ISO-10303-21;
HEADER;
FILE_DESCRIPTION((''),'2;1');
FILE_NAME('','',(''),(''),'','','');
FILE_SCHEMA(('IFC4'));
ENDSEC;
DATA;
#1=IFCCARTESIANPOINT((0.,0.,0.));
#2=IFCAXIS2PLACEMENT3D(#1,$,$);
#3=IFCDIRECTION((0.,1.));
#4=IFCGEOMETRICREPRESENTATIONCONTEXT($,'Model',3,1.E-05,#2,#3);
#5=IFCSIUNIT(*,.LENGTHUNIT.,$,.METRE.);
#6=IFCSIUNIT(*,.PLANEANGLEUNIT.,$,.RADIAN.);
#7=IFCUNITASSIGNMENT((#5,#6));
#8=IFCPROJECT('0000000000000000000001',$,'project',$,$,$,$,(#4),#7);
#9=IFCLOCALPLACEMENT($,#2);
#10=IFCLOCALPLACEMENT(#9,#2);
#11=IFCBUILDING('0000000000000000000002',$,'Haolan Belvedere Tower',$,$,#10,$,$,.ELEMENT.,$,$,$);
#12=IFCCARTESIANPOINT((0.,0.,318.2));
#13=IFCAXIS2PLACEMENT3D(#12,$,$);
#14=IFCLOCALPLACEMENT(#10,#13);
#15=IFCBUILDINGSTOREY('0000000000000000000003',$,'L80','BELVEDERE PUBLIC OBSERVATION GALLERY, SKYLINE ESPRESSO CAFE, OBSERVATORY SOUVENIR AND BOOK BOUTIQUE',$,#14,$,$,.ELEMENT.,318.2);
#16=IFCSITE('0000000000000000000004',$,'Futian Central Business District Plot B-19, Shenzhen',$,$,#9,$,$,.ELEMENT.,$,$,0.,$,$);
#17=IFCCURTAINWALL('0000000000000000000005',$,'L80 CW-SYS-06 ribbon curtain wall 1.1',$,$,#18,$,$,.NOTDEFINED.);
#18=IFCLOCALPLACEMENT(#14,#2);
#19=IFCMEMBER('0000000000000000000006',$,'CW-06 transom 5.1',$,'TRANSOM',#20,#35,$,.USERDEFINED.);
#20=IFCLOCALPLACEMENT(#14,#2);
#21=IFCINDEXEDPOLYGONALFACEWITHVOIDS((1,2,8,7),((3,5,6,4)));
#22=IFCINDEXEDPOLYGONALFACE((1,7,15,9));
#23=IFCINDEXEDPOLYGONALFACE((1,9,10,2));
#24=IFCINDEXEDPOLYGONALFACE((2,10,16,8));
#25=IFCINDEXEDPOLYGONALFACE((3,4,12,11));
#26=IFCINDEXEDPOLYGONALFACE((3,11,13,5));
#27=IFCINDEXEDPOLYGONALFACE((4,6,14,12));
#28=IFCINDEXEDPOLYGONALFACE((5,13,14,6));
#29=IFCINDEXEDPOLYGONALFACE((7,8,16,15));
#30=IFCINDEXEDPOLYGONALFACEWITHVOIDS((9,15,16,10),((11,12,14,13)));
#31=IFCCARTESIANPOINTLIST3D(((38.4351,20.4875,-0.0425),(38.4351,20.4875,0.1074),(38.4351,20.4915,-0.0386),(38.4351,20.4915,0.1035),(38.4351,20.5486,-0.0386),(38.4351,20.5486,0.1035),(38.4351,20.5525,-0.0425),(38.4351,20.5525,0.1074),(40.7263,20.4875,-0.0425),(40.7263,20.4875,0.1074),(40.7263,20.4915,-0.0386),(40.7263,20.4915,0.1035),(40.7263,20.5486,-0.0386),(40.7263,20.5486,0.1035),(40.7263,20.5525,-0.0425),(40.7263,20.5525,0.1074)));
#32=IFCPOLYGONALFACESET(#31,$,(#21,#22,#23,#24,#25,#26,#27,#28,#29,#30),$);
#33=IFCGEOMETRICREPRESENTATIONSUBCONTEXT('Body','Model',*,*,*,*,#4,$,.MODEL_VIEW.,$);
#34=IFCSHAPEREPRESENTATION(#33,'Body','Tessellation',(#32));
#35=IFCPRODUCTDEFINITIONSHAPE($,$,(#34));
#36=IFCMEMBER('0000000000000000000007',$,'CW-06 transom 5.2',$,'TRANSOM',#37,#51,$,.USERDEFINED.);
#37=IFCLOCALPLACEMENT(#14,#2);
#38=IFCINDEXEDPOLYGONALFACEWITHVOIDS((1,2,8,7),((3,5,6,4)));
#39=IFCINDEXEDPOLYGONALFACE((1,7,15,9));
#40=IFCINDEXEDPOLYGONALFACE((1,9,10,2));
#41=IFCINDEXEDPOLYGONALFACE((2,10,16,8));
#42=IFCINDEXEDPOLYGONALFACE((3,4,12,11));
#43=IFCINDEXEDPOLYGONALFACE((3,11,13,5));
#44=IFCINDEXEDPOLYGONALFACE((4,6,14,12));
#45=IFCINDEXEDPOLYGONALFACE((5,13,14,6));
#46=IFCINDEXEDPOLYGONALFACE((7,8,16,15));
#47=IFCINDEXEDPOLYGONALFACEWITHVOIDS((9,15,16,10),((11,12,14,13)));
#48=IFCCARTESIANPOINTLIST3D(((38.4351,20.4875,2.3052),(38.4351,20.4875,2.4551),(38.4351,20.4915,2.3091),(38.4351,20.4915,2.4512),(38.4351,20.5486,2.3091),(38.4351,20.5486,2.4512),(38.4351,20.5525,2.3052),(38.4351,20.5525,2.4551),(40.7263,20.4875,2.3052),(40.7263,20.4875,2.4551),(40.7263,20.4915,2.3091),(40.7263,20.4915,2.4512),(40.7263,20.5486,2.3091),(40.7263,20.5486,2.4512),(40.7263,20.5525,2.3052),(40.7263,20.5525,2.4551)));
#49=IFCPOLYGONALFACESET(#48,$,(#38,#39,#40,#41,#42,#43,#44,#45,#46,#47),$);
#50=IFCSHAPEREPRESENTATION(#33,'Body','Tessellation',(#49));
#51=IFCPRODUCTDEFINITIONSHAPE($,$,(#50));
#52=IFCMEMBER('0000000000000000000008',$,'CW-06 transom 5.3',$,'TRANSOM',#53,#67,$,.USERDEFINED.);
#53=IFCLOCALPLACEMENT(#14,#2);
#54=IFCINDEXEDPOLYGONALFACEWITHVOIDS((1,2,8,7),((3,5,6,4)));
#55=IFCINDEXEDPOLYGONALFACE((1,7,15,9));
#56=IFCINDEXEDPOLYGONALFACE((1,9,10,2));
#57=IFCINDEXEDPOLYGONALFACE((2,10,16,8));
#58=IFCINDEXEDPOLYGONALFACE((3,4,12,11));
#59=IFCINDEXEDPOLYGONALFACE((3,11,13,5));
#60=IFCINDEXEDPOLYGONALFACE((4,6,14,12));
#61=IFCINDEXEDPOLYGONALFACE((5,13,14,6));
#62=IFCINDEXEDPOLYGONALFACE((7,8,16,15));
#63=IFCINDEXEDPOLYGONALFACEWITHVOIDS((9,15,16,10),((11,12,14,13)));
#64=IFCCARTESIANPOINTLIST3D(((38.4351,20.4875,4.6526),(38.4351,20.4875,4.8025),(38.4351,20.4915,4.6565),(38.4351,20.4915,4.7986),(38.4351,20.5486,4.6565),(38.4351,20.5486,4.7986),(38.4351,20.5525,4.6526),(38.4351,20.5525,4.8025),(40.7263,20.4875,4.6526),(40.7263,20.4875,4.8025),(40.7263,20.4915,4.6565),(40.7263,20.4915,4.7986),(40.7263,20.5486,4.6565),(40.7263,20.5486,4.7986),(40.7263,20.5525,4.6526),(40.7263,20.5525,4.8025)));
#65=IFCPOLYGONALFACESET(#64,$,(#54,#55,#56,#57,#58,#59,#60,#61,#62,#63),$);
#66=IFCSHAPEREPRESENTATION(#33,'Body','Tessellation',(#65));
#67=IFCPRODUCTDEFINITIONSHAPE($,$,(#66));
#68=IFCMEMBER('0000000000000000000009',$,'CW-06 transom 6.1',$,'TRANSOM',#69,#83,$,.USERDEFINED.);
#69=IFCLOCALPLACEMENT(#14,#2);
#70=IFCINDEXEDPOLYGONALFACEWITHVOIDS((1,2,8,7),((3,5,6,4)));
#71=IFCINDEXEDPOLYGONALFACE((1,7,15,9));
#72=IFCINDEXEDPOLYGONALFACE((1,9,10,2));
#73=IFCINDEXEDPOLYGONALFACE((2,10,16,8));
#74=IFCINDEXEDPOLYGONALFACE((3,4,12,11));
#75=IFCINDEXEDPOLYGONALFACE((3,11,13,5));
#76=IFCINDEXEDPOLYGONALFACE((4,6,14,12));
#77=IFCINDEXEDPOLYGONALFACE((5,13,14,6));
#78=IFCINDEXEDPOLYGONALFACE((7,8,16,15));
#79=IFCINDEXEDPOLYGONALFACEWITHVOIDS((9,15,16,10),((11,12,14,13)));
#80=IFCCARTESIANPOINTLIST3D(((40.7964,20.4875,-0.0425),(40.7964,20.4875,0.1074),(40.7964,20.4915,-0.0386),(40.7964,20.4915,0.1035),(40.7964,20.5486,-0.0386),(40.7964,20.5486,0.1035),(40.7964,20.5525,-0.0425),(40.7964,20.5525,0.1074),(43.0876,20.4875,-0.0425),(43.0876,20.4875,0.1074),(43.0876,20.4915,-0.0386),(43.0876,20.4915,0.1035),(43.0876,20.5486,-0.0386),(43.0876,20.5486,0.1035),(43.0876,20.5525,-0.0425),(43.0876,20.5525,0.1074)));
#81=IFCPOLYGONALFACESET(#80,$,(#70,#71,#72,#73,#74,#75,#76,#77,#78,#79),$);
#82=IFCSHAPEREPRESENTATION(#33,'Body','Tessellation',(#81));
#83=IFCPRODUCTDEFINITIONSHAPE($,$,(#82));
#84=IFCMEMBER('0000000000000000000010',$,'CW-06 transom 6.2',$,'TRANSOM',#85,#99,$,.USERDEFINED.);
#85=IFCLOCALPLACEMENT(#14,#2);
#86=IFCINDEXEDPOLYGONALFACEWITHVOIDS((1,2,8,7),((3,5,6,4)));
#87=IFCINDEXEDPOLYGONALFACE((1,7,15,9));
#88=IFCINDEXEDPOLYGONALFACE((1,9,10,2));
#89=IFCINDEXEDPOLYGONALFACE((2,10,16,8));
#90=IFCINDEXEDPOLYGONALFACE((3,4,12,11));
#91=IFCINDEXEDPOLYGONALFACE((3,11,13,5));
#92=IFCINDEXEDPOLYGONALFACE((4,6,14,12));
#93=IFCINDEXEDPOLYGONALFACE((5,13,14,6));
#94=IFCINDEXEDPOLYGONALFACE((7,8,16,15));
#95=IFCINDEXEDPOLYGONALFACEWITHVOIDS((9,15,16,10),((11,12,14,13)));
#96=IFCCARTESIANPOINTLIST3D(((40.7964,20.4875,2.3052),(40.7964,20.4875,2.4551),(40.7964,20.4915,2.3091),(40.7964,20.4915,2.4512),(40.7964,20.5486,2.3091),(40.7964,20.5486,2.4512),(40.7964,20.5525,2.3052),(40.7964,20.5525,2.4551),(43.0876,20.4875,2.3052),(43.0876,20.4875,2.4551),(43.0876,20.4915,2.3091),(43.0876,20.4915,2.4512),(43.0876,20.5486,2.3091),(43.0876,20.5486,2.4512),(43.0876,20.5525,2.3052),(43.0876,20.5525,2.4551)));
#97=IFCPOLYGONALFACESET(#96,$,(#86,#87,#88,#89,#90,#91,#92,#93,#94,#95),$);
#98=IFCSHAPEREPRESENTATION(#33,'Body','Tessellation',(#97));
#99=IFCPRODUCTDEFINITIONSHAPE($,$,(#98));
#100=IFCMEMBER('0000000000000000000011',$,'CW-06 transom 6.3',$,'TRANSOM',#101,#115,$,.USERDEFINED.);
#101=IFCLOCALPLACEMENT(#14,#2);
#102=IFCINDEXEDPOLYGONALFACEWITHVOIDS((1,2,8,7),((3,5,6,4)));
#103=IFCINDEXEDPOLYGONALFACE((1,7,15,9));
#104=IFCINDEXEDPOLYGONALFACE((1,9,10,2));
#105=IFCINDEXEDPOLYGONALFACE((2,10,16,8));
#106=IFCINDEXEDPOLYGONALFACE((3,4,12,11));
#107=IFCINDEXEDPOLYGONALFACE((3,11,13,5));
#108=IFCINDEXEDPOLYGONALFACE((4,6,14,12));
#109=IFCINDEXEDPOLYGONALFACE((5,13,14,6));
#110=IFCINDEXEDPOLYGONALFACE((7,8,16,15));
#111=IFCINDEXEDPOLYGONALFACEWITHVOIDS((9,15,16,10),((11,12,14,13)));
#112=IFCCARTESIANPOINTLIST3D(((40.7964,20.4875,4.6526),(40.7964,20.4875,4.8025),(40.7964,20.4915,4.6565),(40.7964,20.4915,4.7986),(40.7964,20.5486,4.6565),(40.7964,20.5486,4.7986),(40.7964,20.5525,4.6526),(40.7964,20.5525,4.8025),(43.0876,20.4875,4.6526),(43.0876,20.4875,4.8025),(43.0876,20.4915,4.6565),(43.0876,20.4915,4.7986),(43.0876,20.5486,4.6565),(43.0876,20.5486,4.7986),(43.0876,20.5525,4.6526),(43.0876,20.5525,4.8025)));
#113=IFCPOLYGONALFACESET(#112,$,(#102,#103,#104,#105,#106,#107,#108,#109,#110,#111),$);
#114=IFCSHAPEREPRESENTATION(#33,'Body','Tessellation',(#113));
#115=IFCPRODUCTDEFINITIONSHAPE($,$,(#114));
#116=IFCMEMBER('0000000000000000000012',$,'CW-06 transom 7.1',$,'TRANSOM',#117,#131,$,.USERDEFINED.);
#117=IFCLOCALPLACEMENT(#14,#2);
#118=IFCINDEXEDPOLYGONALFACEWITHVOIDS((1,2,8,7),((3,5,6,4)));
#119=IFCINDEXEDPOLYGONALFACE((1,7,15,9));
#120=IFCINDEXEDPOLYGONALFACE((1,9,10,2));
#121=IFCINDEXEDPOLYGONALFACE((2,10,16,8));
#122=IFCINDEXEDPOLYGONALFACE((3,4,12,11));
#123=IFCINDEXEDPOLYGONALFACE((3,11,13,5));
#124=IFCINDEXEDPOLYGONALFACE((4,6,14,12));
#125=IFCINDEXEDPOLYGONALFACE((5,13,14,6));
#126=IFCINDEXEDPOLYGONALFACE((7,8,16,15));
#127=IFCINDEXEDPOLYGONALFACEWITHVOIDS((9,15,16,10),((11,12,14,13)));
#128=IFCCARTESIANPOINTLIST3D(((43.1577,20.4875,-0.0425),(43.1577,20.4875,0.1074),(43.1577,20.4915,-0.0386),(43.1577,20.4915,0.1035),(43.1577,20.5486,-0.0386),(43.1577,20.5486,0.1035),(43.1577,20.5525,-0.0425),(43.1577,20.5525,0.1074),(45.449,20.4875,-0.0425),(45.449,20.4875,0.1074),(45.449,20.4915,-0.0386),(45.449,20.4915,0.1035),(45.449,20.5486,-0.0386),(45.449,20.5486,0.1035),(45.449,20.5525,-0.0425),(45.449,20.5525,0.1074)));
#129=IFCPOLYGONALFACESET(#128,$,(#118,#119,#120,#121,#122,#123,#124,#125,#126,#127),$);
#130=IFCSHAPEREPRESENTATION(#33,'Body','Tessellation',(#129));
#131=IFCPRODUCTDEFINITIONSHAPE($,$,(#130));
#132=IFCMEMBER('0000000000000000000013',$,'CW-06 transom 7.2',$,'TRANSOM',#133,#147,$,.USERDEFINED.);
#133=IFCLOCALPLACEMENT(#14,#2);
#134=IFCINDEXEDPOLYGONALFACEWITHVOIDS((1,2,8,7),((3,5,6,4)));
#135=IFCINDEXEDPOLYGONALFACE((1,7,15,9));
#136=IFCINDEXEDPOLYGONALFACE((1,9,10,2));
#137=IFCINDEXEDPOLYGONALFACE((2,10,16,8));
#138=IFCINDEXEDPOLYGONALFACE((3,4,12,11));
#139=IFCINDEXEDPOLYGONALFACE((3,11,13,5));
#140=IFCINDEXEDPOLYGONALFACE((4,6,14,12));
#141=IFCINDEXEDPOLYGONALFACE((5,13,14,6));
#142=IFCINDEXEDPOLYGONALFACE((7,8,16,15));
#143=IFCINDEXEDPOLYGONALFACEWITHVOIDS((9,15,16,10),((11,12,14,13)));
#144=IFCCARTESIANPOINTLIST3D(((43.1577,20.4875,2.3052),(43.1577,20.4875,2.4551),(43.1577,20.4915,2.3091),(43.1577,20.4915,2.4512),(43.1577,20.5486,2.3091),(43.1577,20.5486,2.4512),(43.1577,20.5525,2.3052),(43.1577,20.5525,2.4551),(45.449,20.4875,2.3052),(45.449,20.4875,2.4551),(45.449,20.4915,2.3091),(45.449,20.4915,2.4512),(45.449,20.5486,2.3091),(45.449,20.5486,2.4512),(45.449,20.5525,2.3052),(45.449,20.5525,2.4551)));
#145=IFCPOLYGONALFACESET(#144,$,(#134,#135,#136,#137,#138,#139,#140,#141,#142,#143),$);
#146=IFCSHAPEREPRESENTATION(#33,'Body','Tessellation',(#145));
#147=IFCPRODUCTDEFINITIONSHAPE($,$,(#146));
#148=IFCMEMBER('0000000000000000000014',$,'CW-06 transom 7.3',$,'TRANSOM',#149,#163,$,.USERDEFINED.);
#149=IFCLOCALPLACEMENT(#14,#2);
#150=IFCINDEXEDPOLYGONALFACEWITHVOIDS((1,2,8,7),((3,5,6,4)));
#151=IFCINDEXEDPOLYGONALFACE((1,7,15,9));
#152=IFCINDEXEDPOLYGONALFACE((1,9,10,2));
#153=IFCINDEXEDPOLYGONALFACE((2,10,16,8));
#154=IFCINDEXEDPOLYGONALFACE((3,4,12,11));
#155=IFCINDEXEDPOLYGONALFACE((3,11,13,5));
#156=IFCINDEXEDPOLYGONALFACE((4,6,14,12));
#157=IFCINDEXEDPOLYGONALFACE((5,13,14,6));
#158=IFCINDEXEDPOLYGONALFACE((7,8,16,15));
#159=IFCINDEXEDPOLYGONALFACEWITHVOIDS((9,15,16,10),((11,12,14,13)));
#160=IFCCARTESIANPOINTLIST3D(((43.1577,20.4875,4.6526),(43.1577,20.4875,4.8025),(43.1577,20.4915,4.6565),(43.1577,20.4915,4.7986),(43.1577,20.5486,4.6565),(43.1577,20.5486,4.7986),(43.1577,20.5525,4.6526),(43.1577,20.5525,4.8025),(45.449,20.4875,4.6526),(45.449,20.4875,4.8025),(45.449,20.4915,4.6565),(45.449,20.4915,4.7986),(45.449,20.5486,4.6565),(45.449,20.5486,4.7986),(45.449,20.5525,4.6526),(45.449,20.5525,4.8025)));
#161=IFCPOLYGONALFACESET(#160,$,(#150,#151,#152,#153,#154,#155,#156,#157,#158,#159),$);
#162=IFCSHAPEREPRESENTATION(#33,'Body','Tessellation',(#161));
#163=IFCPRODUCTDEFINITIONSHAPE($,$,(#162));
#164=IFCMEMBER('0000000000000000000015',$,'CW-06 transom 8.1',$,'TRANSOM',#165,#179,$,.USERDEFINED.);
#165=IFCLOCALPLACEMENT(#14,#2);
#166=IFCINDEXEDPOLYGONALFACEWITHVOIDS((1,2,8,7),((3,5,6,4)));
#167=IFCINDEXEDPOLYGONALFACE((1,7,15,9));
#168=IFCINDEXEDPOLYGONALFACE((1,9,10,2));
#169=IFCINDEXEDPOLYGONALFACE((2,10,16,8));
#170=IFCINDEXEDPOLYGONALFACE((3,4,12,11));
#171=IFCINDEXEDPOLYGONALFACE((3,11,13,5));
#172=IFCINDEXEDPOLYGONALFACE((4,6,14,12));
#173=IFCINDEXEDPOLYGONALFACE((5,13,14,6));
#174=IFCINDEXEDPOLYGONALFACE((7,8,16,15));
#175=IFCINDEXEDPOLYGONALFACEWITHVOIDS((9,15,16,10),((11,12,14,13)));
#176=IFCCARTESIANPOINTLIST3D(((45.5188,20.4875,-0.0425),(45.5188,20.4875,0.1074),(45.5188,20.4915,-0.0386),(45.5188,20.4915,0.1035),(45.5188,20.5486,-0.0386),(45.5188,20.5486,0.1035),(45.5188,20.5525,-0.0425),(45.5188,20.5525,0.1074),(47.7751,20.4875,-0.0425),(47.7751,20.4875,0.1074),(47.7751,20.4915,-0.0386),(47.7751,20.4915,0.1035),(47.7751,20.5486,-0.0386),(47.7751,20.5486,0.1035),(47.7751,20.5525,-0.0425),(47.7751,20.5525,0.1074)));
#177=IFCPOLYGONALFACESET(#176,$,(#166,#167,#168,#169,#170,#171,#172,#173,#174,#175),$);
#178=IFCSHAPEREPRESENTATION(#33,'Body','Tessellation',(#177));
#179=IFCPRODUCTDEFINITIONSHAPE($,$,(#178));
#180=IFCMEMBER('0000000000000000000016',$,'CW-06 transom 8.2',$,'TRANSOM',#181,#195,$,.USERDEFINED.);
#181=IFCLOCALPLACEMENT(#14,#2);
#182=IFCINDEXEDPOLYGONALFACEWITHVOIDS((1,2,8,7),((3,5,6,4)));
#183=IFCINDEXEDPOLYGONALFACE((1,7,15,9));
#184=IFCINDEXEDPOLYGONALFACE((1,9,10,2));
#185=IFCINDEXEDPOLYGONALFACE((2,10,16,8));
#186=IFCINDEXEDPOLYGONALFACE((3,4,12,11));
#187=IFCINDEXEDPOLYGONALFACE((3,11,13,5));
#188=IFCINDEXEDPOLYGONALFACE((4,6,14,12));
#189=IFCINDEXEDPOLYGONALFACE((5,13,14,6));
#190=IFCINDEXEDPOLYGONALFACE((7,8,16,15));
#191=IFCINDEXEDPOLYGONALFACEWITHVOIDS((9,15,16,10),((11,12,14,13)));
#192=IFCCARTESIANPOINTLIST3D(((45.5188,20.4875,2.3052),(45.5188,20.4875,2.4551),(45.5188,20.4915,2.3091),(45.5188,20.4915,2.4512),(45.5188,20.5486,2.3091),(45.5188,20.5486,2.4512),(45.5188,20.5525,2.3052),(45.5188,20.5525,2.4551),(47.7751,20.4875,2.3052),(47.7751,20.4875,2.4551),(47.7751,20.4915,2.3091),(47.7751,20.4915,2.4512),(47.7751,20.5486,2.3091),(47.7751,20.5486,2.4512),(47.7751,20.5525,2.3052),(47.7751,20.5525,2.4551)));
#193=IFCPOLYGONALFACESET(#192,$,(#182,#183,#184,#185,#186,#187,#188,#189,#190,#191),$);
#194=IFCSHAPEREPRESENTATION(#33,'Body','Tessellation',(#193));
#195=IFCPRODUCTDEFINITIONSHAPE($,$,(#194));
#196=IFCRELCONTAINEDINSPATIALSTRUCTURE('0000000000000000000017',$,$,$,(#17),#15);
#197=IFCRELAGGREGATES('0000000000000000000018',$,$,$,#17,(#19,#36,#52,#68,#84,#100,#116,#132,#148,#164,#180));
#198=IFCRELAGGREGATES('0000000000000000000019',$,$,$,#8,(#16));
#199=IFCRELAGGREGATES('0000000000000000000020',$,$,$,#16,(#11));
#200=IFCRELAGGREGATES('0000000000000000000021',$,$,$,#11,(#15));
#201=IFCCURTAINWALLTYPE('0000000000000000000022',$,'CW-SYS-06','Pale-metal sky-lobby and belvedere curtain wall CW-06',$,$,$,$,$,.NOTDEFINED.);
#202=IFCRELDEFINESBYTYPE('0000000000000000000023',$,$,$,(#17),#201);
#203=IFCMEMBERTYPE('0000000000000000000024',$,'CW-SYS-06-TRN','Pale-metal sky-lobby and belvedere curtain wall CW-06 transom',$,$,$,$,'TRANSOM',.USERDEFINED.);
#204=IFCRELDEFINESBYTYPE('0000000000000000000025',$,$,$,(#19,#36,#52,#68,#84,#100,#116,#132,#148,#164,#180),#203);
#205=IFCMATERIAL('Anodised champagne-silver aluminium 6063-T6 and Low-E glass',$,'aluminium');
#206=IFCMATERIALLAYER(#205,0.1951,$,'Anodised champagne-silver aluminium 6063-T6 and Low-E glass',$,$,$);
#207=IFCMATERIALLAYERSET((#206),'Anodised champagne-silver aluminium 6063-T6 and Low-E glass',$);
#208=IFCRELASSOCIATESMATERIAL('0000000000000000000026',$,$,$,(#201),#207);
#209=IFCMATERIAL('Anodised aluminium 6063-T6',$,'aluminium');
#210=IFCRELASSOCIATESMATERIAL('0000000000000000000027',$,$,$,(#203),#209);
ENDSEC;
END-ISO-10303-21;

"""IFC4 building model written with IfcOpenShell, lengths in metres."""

from ifc_helpers import new_model, si_unit, direction, frame, origin, origin_2d, place, context, subcontext, project, spatial, hollow_rectangle, extrude, material, layer, layer_set, material_profile, profile_set, type_object, element, aggregate, save


model = new_model("IFC4")

# Units and contexts
model_context = context("Model", 3, precision=1e-05, world=origin(), true_north=direction((0.0, 1.0)))
body_context = subcontext(model_context, "Body", "Model", "MODEL_VIEW")
ifc_project = project(units=[si_unit("LENGTHUNIT", "METRE"), si_unit("PLANEANGLEUNIT", "RADIAN")], contexts=[model_context])

# Site, building, storey
site_placement = place(None, origin())
site = spatial("IfcSite", under=ifc_project, at=site_placement, Name="Futian Central Business District Plot B-19, Shenzhen", CompositionType="ELEMENT", RefElevation=0.0)
building_placement = place(site_placement, origin())
building = spatial("IfcBuilding", under=site, at=building_placement, Name="Haolan Belvedere Tower", CompositionType="ELEMENT")
storey_placement = place(building_placement, frame((0.0, 0.0, 318.2)))
storey = spatial("IfcBuildingStorey", under=building, at=storey_placement, Name="L80", Description="BELVEDERE PUBLIC OBSERVATION GALLERY, SKYLINE ESPRESSO CAFE, OBSERVATORY SOUVENIR AND BOOK BOUTIQUE", CompositionType="ELEMENT", Elevation=318.2)

# Curtain wall, members
ifc_material_1 = material(Name="Anodised champagne-silver aluminium 6063-T6 and Low-E glass", Category="aluminium")
ifc_layer_1 = layer(ifc_material_1, 0.1951, Name="Anodised champagne-silver aluminium 6063-T6 and Low-E glass")
ifc_layer_set_1 = layer_set([ifc_layer_1], Name="Anodised champagne-silver aluminium 6063-T6 and Low-E glass")
curtain_wall_type = type_object("IfcCurtainWallType", Name="CW-SYS-06", Description="Pale-metal sky-lobby and belvedere curtain wall CW-06", PredefinedType="NOTDEFINED", material=ifc_layer_set_1)
curtain_wall_placement = place(storey_placement, origin())
curtain_wall = element("IfcCurtainWall", 1, at=curtain_wall_placement, inside=storey, type_object=curtain_wall_type, Name="L80 CW-SYS-06 ribbon curtain wall 1.1", PredefinedType="NOTDEFINED")
ifc_material_2 = material(Name="Anodised aluminium 6063-T6", Category="aluminium")
ifc_material_profile_1 = material_profile(ifc_material_2, hollow_rectangle(XDim=0.0649, YDim=0.1499, WallThickness=0.0039, at=origin_2d()), Name="Anodised aluminium 6063-T6")
ifc_profile_set_1 = profile_set([ifc_material_profile_1], Name="Anodised aluminium 6063-T6")
member_type_1 = type_object("IfcMemberType", Name="CW-SYS-06-TRN", Description="Pale-metal sky-lobby and belvedere curtain wall CW-06 transom", ElementType="TRANSOM", PredefinedType="USERDEFINED", material=ifc_profile_set_1)
member_1_placement = place(storey_placement, frame((38.4351, 20.52, 0.0325), z_axis=(1.0, 0.0, 0.0), x_axis=(0.0, 1.0, 0.0)))
member_1 = element("IfcMember", 2, at=member_1_placement, type_object=member_type_1, Name="CW-06 transom 5.1", ObjectType="TRANSOM", PredefinedType="USERDEFINED", context=body_context, shape_type="SweptSolid", body=[
    extrude(hollow_rectangle(XDim=0.0649, YDim=0.1499, WallThickness=0.0039, at=origin_2d()), origin(), (0.0, 0.0, 1.0), 2.2913),
])
member_2_placement = place(storey_placement, frame((38.4351, 20.52, 2.3801), z_axis=(1.0, 0.0, 0.0), x_axis=(0.0, 1.0, 0.0)))
member_2 = element("IfcMember", 3, at=member_2_placement, type_object=member_type_1, Name="CW-06 transom 5.2", ObjectType="TRANSOM", PredefinedType="USERDEFINED", context=body_context, shape_type="SweptSolid", body=[
    extrude(hollow_rectangle(XDim=0.0649, YDim=0.1499, WallThickness=0.0039, at=origin_2d()), origin(), (0.0, 0.0, 1.0), 2.2913),
])
member_3_placement = place(storey_placement, frame((38.4351, 20.52, 4.7275), z_axis=(1.0, 0.0, 0.0), x_axis=(0.0, 1.0, 0.0)))
member_3 = element("IfcMember", 4, at=member_3_placement, type_object=member_type_1, Name="CW-06 transom 5.3", ObjectType="TRANSOM", PredefinedType="USERDEFINED", context=body_context, shape_type="SweptSolid", body=[
    extrude(hollow_rectangle(XDim=0.0649, YDim=0.1499, WallThickness=0.0039, at=origin_2d()), origin(), (0.0, 0.0, 1.0), 2.2913),
])
member_4_placement = place(storey_placement, frame((40.7964, 20.52, 0.0325), z_axis=(1.0, 0.0, 0.0), x_axis=(0.0, 1.0, 0.0)))
member_4 = element("IfcMember", 5, at=member_4_placement, type_object=member_type_1, Name="CW-06 transom 6.1", ObjectType="TRANSOM", PredefinedType="USERDEFINED", context=body_context, shape_type="SweptSolid", body=[
    extrude(hollow_rectangle(XDim=0.0649, YDim=0.1499, WallThickness=0.0039, at=origin_2d()), origin(), (0.0, 0.0, 1.0), 2.2913),
])
member_5_placement = place(storey_placement, frame((40.7964, 20.52, 2.3801), z_axis=(1.0, 0.0, 0.0), x_axis=(0.0, 1.0, 0.0)))
member_5 = element("IfcMember", 6, at=member_5_placement, type_object=member_type_1, Name="CW-06 transom 6.2", ObjectType="TRANSOM", PredefinedType="USERDEFINED", context=body_context, shape_type="SweptSolid", body=[
    extrude(hollow_rectangle(XDim=0.0649, YDim=0.1499, WallThickness=0.0039, at=origin_2d()), origin(), (0.0, 0.0, 1.0), 2.2913),
])
member_6_placement = place(storey_placement, frame((40.7964, 20.52, 4.7275), z_axis=(1.0, 0.0, 0.0), x_axis=(0.0, 1.0, 0.0)))
member_6 = element("IfcMember", 7, at=member_6_placement, type_object=member_type_1, Name="CW-06 transom 6.3", ObjectType="TRANSOM", PredefinedType="USERDEFINED", context=body_context, shape_type="SweptSolid", body=[
    extrude(hollow_rectangle(XDim=0.0649, YDim=0.1499, WallThickness=0.0039, at=origin_2d()), origin(), (0.0, 0.0, 1.0), 2.2913),
])
member_7_placement = place(storey_placement, frame((43.1577, 20.52, 0.0325), z_axis=(1.0, 0.0, 0.0), x_axis=(0.0, 1.0, 0.0)))
member_7 = element("IfcMember", 8, at=member_7_placement, type_object=member_type_1, Name="CW-06 transom 7.1", ObjectType="TRANSOM", PredefinedType="USERDEFINED", context=body_context, shape_type="SweptSolid", body=[
    extrude(hollow_rectangle(XDim=0.0649, YDim=0.1499, WallThickness=0.0039, at=origin_2d()), origin(), (0.0, 0.0, 1.0), 2.2913),
])
member_8_placement = place(storey_placement, frame((43.1577, 20.52, 2.3801), z_axis=(1.0, 0.0, 0.0), x_axis=(0.0, 1.0, 0.0)))
member_8 = element("IfcMember", 9, at=member_8_placement, type_object=member_type_1, Name="CW-06 transom 7.2", ObjectType="TRANSOM", PredefinedType="USERDEFINED", context=body_context, shape_type="SweptSolid", body=[
    extrude(hollow_rectangle(XDim=0.0649, YDim=0.1499, WallThickness=0.0039, at=origin_2d()), origin(), (0.0, 0.0, 1.0), 2.2913),
])
member_9_placement = place(storey_placement, frame((43.1577, 20.52, 4.7275), z_axis=(1.0, 0.0, 0.0), x_axis=(0.0, 1.0, 0.0)))
member_9 = element("IfcMember", 10, at=member_9_placement, type_object=member_type_1, Name="CW-06 transom 7.3", ObjectType="TRANSOM", PredefinedType="USERDEFINED", context=body_context, shape_type="SweptSolid", body=[
    extrude(hollow_rectangle(XDim=0.0649, YDim=0.1499, WallThickness=0.0039, at=origin_2d()), origin(), (0.0, 0.0, 1.0), 2.2913),
])
member_10_placement = place(storey_placement, frame((45.5188, 20.52, 0.0325), z_axis=(1.0, 0.0, 0.0), x_axis=(0.0, 1.0, 0.0)))
member_10 = element("IfcMember", 11, at=member_10_placement, type_object=member_type_1, Name="CW-06 transom 8.1", ObjectType="TRANSOM", PredefinedType="USERDEFINED", context=body_context, shape_type="SweptSolid", body=[
    extrude(hollow_rectangle(XDim=0.0649, YDim=0.1499, WallThickness=0.0039, at=origin_2d()), origin(), (0.0, 0.0, 1.0), 2.2563),
])
member_11_placement = place(storey_placement, frame((45.5188, 20.52, 2.3801), z_axis=(1.0, 0.0, 0.0), x_axis=(0.0, 1.0, 0.0)))
member_11 = element("IfcMember", 12, at=member_11_placement, type_object=member_type_1, Name="CW-06 transom 8.2", ObjectType="TRANSOM", PredefinedType="USERDEFINED", context=body_context, shape_type="SweptSolid", body=[
    extrude(hollow_rectangle(XDim=0.0649, YDim=0.1499, WallThickness=0.0039, at=origin_2d()), origin(), (0.0, 0.0, 1.0), 2.2563),
])
aggregate(curtain_wall, [member_1, member_2, member_3, member_4, member_5, member_6, member_7, member_8, member_9, member_10, member_11])

save(model, "model.ifc")
